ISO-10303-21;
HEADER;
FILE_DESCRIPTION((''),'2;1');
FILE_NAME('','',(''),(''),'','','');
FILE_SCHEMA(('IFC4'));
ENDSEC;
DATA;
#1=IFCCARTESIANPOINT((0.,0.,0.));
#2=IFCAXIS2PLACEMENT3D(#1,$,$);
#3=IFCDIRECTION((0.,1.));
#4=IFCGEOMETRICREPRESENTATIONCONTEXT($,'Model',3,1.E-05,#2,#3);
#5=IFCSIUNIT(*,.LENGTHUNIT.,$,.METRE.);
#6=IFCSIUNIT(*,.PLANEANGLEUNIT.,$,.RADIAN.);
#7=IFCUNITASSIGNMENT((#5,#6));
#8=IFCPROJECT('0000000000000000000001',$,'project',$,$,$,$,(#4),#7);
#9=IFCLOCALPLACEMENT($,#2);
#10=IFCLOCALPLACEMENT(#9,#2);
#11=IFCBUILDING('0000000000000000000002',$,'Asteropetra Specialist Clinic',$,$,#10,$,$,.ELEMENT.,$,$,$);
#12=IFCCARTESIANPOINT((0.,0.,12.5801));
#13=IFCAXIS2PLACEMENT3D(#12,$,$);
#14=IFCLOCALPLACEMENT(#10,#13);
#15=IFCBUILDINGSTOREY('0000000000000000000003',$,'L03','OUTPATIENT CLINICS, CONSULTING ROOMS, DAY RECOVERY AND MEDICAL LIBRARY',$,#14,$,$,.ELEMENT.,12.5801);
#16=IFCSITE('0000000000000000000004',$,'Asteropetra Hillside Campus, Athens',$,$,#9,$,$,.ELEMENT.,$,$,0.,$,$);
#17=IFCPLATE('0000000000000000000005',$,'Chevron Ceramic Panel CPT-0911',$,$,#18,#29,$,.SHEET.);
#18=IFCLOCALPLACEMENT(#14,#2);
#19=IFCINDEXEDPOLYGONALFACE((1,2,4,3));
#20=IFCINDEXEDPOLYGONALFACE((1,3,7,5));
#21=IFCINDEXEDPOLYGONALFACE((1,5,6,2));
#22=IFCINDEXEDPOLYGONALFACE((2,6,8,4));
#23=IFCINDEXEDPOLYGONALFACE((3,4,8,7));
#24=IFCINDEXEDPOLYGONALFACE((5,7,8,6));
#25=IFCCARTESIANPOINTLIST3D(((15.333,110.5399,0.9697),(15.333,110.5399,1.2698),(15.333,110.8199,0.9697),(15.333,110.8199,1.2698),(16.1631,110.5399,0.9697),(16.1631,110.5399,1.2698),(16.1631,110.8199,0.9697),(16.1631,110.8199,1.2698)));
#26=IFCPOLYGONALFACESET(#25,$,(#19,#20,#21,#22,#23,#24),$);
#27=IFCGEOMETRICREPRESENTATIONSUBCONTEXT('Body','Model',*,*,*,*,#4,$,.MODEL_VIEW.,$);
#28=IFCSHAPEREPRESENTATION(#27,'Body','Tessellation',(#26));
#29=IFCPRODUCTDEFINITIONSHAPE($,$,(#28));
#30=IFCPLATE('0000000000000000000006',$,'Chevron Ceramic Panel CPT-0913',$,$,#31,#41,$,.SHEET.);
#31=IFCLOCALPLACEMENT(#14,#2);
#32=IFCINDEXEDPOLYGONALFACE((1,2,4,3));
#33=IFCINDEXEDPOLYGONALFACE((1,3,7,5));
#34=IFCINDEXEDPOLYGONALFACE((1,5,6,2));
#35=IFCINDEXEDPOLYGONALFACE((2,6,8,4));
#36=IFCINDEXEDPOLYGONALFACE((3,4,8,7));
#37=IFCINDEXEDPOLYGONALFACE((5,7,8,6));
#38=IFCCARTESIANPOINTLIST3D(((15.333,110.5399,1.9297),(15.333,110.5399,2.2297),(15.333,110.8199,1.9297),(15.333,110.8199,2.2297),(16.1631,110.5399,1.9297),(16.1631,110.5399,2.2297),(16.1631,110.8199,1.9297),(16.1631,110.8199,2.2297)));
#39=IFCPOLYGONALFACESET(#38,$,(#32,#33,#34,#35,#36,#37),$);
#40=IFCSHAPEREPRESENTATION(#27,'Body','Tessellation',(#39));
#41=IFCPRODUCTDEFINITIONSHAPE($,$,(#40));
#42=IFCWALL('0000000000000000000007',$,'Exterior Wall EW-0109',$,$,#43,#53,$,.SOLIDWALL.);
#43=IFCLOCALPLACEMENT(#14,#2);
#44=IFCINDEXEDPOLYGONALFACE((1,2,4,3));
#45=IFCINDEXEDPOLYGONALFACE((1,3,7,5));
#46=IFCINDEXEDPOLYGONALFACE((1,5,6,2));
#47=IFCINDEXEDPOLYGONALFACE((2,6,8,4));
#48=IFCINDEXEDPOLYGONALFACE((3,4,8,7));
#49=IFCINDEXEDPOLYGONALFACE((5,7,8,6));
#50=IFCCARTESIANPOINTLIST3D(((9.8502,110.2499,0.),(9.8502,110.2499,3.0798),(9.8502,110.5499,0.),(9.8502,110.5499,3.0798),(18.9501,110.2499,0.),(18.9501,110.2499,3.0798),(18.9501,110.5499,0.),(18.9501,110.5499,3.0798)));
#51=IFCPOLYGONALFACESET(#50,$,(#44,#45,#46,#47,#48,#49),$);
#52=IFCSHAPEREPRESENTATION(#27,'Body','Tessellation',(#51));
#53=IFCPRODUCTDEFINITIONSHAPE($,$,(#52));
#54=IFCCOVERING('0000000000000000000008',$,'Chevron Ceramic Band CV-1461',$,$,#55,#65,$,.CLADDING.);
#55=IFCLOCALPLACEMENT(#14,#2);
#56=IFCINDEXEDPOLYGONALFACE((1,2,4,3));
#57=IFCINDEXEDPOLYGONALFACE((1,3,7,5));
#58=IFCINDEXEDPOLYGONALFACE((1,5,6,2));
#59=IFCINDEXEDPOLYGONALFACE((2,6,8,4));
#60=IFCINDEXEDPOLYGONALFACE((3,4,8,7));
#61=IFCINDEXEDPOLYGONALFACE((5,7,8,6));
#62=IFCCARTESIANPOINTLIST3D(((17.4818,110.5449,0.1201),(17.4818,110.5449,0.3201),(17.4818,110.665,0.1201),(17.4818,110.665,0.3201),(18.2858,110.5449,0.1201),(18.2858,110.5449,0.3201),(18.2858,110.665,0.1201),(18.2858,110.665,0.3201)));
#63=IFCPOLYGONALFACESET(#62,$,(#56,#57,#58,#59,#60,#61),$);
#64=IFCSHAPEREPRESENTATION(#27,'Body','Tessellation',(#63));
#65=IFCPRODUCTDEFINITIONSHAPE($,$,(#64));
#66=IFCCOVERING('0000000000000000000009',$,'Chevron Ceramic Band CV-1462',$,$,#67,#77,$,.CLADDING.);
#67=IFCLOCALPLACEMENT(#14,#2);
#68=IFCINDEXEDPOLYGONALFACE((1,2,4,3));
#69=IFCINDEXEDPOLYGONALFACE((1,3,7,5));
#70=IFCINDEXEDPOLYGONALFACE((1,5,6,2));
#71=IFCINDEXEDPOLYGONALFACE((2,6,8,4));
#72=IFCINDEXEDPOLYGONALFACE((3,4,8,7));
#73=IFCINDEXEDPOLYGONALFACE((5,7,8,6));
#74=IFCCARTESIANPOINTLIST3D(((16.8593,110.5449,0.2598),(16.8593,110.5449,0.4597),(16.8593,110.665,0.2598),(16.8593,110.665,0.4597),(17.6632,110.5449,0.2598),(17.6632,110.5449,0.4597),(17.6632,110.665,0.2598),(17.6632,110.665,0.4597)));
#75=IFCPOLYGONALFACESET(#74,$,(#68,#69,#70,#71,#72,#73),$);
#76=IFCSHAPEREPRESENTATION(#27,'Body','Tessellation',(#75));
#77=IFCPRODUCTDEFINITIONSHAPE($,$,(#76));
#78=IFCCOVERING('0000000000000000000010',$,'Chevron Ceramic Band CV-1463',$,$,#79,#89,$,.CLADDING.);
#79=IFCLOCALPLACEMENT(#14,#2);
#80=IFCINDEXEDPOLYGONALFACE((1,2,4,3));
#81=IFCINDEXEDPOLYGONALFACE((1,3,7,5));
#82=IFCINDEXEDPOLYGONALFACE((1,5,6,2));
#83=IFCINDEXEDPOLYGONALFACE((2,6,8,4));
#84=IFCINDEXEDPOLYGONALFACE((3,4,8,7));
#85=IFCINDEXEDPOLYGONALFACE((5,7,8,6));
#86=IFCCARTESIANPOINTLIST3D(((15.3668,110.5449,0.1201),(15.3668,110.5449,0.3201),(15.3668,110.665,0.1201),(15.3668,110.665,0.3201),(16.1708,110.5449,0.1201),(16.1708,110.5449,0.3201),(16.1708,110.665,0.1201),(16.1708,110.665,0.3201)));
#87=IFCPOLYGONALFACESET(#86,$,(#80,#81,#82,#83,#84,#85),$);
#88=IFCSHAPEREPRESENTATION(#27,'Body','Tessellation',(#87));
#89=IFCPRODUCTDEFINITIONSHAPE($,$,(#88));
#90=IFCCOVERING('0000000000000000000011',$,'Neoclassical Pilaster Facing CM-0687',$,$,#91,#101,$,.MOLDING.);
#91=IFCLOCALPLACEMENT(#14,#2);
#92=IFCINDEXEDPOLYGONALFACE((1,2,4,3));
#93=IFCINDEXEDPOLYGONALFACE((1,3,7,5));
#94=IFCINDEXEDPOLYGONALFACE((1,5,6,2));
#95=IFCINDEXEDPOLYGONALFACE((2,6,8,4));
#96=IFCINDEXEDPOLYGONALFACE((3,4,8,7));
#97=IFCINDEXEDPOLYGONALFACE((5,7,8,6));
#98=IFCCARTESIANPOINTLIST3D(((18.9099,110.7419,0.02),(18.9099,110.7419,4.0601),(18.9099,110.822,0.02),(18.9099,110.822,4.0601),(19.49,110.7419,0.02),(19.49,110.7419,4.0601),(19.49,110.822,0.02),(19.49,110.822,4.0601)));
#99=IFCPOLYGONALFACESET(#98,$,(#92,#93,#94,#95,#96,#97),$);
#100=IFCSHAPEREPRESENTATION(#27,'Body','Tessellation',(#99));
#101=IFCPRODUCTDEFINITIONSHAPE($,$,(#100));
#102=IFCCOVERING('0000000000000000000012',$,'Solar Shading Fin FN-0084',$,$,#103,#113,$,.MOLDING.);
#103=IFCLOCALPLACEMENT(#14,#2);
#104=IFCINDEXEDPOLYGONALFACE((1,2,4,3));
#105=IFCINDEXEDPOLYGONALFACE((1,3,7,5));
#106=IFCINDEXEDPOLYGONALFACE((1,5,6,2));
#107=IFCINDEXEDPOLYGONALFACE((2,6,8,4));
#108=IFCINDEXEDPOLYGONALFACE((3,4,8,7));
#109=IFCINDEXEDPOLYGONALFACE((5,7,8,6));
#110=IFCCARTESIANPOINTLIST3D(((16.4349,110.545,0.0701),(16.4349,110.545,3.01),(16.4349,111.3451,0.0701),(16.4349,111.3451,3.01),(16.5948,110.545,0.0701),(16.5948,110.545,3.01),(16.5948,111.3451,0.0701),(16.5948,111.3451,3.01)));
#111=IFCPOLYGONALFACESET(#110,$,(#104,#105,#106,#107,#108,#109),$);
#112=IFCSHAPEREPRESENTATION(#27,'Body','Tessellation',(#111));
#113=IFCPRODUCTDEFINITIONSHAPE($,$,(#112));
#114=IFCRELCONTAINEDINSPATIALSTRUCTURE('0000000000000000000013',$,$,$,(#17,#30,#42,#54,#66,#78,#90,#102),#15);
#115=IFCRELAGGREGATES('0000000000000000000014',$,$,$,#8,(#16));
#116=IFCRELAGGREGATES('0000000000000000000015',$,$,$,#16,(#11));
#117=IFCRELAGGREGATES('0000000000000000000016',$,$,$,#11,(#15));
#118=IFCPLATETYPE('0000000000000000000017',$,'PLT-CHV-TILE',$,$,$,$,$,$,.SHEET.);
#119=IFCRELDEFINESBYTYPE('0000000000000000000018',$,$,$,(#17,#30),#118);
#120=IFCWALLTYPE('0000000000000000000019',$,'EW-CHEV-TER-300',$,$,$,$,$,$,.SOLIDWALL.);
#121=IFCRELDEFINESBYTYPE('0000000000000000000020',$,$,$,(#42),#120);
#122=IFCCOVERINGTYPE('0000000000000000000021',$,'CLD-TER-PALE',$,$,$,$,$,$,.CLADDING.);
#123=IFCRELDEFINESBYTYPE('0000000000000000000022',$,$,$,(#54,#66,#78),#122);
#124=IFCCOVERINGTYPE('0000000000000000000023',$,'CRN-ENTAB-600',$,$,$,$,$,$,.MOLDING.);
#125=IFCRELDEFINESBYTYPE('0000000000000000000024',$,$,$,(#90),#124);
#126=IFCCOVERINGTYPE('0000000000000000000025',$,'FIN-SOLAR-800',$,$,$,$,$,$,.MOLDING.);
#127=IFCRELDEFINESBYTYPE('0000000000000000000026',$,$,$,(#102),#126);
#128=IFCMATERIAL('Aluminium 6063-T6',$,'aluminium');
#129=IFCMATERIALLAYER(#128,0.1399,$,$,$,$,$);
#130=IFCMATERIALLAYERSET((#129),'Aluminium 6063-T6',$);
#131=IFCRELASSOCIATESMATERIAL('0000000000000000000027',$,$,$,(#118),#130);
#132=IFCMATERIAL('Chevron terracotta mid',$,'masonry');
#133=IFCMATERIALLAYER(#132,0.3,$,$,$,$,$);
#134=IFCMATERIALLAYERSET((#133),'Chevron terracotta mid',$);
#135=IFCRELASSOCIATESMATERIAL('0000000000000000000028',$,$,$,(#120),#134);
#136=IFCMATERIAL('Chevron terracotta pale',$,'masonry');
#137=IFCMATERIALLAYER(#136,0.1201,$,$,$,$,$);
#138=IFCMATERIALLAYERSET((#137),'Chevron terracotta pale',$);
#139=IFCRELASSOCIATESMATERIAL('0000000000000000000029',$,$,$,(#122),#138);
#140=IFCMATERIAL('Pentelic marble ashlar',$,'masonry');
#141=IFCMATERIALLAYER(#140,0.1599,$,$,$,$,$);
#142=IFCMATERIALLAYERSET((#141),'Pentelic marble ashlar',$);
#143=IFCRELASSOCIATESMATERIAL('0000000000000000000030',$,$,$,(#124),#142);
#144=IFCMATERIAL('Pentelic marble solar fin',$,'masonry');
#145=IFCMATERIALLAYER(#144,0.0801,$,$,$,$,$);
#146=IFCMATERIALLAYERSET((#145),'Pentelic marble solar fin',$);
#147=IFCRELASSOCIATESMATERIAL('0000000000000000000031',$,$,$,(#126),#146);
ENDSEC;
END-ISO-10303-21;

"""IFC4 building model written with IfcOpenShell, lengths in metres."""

from ifc_helpers import new_model, si_unit, direction, frame, frame_2d, origin, origin_2d, place, context, subcontext, project, spatial, rectangle, extrude, material, layer, layer_set, type_object, element, save


model = new_model("IFC4")

# Units and contexts
model_context = context("Model", 3, precision=1e-05, world=origin(), true_north=direction((0.0, 1.0)))
body_context = subcontext(model_context, "Body", "Model", "MODEL_VIEW")
ifc_project = project(units=[si_unit("LENGTHUNIT", "METRE"), si_unit("PLANEANGLEUNIT", "RADIAN")], contexts=[model_context])

# Site, building, storey
site_placement = place(None, origin())
site = spatial("IfcSite", under=ifc_project, at=site_placement, Name="Asteropetra Hillside Campus, Athens", CompositionType="ELEMENT", RefElevation=0.0)
building_placement = place(site_placement, origin())
building = spatial("IfcBuilding", under=site, at=building_placement, Name="Asteropetra Specialist Clinic", CompositionType="ELEMENT")
storey_placement = place(building_placement, frame((0.0, 0.0, 12.5801)))
storey = spatial("IfcBuildingStorey", under=building, at=storey_placement, Name="L03", Description="OUTPATIENT CLINICS, CONSULTING ROOMS, DAY RECOVERY AND MEDICAL LIBRARY", CompositionType="ELEMENT", Elevation=12.5801)

# Plates
ifc_material_1 = material(Name="Aluminium 6063-T6", Category="aluminium")
ifc_layer_1 = layer(ifc_material_1, 0.1399)
ifc_layer_set_1 = layer_set([ifc_layer_1], Name="Aluminium 6063-T6")
plate_type_1 = type_object("IfcPlateType", Name="PLT-CHV-TILE", PredefinedType="SHEET", material=ifc_layer_set_1)
for number, where, z_axis, x_axis, name in (
    (1, (15.748, 110.6799, 0.9697), (0.0, 0.0, 1.0), (1.0, 0.0, 0.0), "Chevron Ceramic Panel CPT-0911"),
    (2, (15.748, 110.6799, 1.9297), (0.0, 0.0, 1.0), (1.0, 0.0, 0.0), "Chevron Ceramic Panel CPT-0913"),
):
    element("IfcPlate", number, at=place(storey_placement, frame(where, z_axis=z_axis, x_axis=x_axis)), inside=storey, type_object=plate_type_1, Name=name, PredefinedType="SHEET", context=body_context, shape_type="SweptSolid", body=[
        extrude(rectangle(XDim=0.8301, YDim=0.28, at=origin_2d()), origin(), (0.0, 0.0, 1.0), 0.3),
    ])

# Wall
ifc_material_2 = material(Name="Chevron terracotta mid", Category="masonry")
ifc_layer_2 = layer(ifc_material_2, 0.3)
ifc_layer_set_2 = layer_set([ifc_layer_2], Name="Chevron terracotta mid")
wall_type = type_object("IfcWallType", Name="EW-CHEV-TER-300", PredefinedType="SOLIDWALL", material=ifc_layer_set_2)
wall_placement = place(storey_placement, frame((18.95, 110.3999, 0.0), z_axis=(0.0, 0.0, 1.0), x_axis=(-1.0, 0.0, 0.0)))
element("IfcWall", 3, at=wall_placement, inside=storey, type_object=wall_type, Name="Exterior Wall EW-0109", PredefinedType="SOLIDWALL", context=body_context, shape_type="SweptSolid", body=[
    extrude(rectangle(XDim=9.0999, YDim=0.3, at=frame_2d((4.5498, 0.0))), origin(), (0.0, 0.0, 1.0), 3.0798),
])

# Coverings
ifc_material_3 = material(Name="Chevron terracotta pale", Category="masonry")
ifc_layer_3 = layer(ifc_material_3, 0.1201)
ifc_layer_set_3 = layer_set([ifc_layer_3], Name="Chevron terracotta pale")
covering_type_1 = type_object("IfcCoveringType", Name="CLD-TER-PALE", PredefinedType="CLADDING", material=ifc_layer_set_3)
for number, where, z_axis, x_axis, name in (
    (4, (17.8838, 110.605, 0.1201), (0.0, 0.0, 1.0), (1.0, 0.0, 0.0), "Chevron Ceramic Band CV-1461"),
    (5, (17.2612, 110.605, 0.2598), (0.0, 0.0, 1.0), (1.0, 0.0, 0.0), "Chevron Ceramic Band CV-1462"),
    (6, (15.7688, 110.605, 0.1201), (0.0, 0.0, 1.0), (1.0, 0.0, 0.0), "Chevron Ceramic Band CV-1463"),
):
    element("IfcCovering", number, at=place(storey_placement, frame(where, z_axis=z_axis, x_axis=x_axis)), inside=storey, type_object=covering_type_1, Name=name, PredefinedType="CLADDING", context=body_context, shape_type="SweptSolid", body=[
        extrude(rectangle(XDim=0.804, YDim=0.1201, at=origin_2d()), origin(), (0.0, 0.0, 1.0), 0.2),
    ])
ifc_material_4 = material(Name="Pentelic marble ashlar", Category="masonry")
ifc_layer_4 = layer(ifc_material_4, 0.1599)
ifc_layer_set_4 = layer_set([ifc_layer_4], Name="Pentelic marble ashlar")
covering_type_2 = type_object("IfcCoveringType", Name="CRN-ENTAB-600", PredefinedType="MOLDING", material=ifc_layer_set_4)
covering_1_placement = place(storey_placement, frame((19.2, 110.782, 0.02), z_axis=(0.0, 0.0, 1.0), x_axis=(1.0, 0.0, 0.0)))
element("IfcCovering", 7, at=covering_1_placement, inside=storey, type_object=covering_type_2, Name="Neoclassical Pilaster Facing CM-0687", PredefinedType="MOLDING", context=body_context, shape_type="SweptSolid", body=[
    extrude(rectangle(XDim=0.5801, YDim=0.0801, at=origin_2d()), origin(), (0.0, 0.0, 1.0), 4.04),
])
ifc_material_5 = material(Name="Pentelic marble solar fin", Category="masonry")
ifc_layer_5 = layer(ifc_material_5, 0.0801)
ifc_layer_set_5 = layer_set([ifc_layer_5], Name="Pentelic marble solar fin")
covering_type_3 = type_object("IfcCoveringType", Name="FIN-SOLAR-800", PredefinedType="MOLDING", material=ifc_layer_set_5)
covering_2_placement = place(storey_placement, frame((16.5149, 110.9451, 0.0701), z_axis=(0.0, 0.0, 1.0), x_axis=(1.0, 0.0, 0.0)))
element("IfcCovering", 8, at=covering_2_placement, inside=storey, type_object=covering_type_3, Name="Solar Shading Fin FN-0084", PredefinedType="MOLDING", context=body_context, shape_type="SweptSolid", body=[
    extrude(rectangle(XDim=0.1599, YDim=0.8, at=origin_2d()), origin(), (0.0, 0.0, 1.0), 2.9399),
])

save(model, "model.ifc")
